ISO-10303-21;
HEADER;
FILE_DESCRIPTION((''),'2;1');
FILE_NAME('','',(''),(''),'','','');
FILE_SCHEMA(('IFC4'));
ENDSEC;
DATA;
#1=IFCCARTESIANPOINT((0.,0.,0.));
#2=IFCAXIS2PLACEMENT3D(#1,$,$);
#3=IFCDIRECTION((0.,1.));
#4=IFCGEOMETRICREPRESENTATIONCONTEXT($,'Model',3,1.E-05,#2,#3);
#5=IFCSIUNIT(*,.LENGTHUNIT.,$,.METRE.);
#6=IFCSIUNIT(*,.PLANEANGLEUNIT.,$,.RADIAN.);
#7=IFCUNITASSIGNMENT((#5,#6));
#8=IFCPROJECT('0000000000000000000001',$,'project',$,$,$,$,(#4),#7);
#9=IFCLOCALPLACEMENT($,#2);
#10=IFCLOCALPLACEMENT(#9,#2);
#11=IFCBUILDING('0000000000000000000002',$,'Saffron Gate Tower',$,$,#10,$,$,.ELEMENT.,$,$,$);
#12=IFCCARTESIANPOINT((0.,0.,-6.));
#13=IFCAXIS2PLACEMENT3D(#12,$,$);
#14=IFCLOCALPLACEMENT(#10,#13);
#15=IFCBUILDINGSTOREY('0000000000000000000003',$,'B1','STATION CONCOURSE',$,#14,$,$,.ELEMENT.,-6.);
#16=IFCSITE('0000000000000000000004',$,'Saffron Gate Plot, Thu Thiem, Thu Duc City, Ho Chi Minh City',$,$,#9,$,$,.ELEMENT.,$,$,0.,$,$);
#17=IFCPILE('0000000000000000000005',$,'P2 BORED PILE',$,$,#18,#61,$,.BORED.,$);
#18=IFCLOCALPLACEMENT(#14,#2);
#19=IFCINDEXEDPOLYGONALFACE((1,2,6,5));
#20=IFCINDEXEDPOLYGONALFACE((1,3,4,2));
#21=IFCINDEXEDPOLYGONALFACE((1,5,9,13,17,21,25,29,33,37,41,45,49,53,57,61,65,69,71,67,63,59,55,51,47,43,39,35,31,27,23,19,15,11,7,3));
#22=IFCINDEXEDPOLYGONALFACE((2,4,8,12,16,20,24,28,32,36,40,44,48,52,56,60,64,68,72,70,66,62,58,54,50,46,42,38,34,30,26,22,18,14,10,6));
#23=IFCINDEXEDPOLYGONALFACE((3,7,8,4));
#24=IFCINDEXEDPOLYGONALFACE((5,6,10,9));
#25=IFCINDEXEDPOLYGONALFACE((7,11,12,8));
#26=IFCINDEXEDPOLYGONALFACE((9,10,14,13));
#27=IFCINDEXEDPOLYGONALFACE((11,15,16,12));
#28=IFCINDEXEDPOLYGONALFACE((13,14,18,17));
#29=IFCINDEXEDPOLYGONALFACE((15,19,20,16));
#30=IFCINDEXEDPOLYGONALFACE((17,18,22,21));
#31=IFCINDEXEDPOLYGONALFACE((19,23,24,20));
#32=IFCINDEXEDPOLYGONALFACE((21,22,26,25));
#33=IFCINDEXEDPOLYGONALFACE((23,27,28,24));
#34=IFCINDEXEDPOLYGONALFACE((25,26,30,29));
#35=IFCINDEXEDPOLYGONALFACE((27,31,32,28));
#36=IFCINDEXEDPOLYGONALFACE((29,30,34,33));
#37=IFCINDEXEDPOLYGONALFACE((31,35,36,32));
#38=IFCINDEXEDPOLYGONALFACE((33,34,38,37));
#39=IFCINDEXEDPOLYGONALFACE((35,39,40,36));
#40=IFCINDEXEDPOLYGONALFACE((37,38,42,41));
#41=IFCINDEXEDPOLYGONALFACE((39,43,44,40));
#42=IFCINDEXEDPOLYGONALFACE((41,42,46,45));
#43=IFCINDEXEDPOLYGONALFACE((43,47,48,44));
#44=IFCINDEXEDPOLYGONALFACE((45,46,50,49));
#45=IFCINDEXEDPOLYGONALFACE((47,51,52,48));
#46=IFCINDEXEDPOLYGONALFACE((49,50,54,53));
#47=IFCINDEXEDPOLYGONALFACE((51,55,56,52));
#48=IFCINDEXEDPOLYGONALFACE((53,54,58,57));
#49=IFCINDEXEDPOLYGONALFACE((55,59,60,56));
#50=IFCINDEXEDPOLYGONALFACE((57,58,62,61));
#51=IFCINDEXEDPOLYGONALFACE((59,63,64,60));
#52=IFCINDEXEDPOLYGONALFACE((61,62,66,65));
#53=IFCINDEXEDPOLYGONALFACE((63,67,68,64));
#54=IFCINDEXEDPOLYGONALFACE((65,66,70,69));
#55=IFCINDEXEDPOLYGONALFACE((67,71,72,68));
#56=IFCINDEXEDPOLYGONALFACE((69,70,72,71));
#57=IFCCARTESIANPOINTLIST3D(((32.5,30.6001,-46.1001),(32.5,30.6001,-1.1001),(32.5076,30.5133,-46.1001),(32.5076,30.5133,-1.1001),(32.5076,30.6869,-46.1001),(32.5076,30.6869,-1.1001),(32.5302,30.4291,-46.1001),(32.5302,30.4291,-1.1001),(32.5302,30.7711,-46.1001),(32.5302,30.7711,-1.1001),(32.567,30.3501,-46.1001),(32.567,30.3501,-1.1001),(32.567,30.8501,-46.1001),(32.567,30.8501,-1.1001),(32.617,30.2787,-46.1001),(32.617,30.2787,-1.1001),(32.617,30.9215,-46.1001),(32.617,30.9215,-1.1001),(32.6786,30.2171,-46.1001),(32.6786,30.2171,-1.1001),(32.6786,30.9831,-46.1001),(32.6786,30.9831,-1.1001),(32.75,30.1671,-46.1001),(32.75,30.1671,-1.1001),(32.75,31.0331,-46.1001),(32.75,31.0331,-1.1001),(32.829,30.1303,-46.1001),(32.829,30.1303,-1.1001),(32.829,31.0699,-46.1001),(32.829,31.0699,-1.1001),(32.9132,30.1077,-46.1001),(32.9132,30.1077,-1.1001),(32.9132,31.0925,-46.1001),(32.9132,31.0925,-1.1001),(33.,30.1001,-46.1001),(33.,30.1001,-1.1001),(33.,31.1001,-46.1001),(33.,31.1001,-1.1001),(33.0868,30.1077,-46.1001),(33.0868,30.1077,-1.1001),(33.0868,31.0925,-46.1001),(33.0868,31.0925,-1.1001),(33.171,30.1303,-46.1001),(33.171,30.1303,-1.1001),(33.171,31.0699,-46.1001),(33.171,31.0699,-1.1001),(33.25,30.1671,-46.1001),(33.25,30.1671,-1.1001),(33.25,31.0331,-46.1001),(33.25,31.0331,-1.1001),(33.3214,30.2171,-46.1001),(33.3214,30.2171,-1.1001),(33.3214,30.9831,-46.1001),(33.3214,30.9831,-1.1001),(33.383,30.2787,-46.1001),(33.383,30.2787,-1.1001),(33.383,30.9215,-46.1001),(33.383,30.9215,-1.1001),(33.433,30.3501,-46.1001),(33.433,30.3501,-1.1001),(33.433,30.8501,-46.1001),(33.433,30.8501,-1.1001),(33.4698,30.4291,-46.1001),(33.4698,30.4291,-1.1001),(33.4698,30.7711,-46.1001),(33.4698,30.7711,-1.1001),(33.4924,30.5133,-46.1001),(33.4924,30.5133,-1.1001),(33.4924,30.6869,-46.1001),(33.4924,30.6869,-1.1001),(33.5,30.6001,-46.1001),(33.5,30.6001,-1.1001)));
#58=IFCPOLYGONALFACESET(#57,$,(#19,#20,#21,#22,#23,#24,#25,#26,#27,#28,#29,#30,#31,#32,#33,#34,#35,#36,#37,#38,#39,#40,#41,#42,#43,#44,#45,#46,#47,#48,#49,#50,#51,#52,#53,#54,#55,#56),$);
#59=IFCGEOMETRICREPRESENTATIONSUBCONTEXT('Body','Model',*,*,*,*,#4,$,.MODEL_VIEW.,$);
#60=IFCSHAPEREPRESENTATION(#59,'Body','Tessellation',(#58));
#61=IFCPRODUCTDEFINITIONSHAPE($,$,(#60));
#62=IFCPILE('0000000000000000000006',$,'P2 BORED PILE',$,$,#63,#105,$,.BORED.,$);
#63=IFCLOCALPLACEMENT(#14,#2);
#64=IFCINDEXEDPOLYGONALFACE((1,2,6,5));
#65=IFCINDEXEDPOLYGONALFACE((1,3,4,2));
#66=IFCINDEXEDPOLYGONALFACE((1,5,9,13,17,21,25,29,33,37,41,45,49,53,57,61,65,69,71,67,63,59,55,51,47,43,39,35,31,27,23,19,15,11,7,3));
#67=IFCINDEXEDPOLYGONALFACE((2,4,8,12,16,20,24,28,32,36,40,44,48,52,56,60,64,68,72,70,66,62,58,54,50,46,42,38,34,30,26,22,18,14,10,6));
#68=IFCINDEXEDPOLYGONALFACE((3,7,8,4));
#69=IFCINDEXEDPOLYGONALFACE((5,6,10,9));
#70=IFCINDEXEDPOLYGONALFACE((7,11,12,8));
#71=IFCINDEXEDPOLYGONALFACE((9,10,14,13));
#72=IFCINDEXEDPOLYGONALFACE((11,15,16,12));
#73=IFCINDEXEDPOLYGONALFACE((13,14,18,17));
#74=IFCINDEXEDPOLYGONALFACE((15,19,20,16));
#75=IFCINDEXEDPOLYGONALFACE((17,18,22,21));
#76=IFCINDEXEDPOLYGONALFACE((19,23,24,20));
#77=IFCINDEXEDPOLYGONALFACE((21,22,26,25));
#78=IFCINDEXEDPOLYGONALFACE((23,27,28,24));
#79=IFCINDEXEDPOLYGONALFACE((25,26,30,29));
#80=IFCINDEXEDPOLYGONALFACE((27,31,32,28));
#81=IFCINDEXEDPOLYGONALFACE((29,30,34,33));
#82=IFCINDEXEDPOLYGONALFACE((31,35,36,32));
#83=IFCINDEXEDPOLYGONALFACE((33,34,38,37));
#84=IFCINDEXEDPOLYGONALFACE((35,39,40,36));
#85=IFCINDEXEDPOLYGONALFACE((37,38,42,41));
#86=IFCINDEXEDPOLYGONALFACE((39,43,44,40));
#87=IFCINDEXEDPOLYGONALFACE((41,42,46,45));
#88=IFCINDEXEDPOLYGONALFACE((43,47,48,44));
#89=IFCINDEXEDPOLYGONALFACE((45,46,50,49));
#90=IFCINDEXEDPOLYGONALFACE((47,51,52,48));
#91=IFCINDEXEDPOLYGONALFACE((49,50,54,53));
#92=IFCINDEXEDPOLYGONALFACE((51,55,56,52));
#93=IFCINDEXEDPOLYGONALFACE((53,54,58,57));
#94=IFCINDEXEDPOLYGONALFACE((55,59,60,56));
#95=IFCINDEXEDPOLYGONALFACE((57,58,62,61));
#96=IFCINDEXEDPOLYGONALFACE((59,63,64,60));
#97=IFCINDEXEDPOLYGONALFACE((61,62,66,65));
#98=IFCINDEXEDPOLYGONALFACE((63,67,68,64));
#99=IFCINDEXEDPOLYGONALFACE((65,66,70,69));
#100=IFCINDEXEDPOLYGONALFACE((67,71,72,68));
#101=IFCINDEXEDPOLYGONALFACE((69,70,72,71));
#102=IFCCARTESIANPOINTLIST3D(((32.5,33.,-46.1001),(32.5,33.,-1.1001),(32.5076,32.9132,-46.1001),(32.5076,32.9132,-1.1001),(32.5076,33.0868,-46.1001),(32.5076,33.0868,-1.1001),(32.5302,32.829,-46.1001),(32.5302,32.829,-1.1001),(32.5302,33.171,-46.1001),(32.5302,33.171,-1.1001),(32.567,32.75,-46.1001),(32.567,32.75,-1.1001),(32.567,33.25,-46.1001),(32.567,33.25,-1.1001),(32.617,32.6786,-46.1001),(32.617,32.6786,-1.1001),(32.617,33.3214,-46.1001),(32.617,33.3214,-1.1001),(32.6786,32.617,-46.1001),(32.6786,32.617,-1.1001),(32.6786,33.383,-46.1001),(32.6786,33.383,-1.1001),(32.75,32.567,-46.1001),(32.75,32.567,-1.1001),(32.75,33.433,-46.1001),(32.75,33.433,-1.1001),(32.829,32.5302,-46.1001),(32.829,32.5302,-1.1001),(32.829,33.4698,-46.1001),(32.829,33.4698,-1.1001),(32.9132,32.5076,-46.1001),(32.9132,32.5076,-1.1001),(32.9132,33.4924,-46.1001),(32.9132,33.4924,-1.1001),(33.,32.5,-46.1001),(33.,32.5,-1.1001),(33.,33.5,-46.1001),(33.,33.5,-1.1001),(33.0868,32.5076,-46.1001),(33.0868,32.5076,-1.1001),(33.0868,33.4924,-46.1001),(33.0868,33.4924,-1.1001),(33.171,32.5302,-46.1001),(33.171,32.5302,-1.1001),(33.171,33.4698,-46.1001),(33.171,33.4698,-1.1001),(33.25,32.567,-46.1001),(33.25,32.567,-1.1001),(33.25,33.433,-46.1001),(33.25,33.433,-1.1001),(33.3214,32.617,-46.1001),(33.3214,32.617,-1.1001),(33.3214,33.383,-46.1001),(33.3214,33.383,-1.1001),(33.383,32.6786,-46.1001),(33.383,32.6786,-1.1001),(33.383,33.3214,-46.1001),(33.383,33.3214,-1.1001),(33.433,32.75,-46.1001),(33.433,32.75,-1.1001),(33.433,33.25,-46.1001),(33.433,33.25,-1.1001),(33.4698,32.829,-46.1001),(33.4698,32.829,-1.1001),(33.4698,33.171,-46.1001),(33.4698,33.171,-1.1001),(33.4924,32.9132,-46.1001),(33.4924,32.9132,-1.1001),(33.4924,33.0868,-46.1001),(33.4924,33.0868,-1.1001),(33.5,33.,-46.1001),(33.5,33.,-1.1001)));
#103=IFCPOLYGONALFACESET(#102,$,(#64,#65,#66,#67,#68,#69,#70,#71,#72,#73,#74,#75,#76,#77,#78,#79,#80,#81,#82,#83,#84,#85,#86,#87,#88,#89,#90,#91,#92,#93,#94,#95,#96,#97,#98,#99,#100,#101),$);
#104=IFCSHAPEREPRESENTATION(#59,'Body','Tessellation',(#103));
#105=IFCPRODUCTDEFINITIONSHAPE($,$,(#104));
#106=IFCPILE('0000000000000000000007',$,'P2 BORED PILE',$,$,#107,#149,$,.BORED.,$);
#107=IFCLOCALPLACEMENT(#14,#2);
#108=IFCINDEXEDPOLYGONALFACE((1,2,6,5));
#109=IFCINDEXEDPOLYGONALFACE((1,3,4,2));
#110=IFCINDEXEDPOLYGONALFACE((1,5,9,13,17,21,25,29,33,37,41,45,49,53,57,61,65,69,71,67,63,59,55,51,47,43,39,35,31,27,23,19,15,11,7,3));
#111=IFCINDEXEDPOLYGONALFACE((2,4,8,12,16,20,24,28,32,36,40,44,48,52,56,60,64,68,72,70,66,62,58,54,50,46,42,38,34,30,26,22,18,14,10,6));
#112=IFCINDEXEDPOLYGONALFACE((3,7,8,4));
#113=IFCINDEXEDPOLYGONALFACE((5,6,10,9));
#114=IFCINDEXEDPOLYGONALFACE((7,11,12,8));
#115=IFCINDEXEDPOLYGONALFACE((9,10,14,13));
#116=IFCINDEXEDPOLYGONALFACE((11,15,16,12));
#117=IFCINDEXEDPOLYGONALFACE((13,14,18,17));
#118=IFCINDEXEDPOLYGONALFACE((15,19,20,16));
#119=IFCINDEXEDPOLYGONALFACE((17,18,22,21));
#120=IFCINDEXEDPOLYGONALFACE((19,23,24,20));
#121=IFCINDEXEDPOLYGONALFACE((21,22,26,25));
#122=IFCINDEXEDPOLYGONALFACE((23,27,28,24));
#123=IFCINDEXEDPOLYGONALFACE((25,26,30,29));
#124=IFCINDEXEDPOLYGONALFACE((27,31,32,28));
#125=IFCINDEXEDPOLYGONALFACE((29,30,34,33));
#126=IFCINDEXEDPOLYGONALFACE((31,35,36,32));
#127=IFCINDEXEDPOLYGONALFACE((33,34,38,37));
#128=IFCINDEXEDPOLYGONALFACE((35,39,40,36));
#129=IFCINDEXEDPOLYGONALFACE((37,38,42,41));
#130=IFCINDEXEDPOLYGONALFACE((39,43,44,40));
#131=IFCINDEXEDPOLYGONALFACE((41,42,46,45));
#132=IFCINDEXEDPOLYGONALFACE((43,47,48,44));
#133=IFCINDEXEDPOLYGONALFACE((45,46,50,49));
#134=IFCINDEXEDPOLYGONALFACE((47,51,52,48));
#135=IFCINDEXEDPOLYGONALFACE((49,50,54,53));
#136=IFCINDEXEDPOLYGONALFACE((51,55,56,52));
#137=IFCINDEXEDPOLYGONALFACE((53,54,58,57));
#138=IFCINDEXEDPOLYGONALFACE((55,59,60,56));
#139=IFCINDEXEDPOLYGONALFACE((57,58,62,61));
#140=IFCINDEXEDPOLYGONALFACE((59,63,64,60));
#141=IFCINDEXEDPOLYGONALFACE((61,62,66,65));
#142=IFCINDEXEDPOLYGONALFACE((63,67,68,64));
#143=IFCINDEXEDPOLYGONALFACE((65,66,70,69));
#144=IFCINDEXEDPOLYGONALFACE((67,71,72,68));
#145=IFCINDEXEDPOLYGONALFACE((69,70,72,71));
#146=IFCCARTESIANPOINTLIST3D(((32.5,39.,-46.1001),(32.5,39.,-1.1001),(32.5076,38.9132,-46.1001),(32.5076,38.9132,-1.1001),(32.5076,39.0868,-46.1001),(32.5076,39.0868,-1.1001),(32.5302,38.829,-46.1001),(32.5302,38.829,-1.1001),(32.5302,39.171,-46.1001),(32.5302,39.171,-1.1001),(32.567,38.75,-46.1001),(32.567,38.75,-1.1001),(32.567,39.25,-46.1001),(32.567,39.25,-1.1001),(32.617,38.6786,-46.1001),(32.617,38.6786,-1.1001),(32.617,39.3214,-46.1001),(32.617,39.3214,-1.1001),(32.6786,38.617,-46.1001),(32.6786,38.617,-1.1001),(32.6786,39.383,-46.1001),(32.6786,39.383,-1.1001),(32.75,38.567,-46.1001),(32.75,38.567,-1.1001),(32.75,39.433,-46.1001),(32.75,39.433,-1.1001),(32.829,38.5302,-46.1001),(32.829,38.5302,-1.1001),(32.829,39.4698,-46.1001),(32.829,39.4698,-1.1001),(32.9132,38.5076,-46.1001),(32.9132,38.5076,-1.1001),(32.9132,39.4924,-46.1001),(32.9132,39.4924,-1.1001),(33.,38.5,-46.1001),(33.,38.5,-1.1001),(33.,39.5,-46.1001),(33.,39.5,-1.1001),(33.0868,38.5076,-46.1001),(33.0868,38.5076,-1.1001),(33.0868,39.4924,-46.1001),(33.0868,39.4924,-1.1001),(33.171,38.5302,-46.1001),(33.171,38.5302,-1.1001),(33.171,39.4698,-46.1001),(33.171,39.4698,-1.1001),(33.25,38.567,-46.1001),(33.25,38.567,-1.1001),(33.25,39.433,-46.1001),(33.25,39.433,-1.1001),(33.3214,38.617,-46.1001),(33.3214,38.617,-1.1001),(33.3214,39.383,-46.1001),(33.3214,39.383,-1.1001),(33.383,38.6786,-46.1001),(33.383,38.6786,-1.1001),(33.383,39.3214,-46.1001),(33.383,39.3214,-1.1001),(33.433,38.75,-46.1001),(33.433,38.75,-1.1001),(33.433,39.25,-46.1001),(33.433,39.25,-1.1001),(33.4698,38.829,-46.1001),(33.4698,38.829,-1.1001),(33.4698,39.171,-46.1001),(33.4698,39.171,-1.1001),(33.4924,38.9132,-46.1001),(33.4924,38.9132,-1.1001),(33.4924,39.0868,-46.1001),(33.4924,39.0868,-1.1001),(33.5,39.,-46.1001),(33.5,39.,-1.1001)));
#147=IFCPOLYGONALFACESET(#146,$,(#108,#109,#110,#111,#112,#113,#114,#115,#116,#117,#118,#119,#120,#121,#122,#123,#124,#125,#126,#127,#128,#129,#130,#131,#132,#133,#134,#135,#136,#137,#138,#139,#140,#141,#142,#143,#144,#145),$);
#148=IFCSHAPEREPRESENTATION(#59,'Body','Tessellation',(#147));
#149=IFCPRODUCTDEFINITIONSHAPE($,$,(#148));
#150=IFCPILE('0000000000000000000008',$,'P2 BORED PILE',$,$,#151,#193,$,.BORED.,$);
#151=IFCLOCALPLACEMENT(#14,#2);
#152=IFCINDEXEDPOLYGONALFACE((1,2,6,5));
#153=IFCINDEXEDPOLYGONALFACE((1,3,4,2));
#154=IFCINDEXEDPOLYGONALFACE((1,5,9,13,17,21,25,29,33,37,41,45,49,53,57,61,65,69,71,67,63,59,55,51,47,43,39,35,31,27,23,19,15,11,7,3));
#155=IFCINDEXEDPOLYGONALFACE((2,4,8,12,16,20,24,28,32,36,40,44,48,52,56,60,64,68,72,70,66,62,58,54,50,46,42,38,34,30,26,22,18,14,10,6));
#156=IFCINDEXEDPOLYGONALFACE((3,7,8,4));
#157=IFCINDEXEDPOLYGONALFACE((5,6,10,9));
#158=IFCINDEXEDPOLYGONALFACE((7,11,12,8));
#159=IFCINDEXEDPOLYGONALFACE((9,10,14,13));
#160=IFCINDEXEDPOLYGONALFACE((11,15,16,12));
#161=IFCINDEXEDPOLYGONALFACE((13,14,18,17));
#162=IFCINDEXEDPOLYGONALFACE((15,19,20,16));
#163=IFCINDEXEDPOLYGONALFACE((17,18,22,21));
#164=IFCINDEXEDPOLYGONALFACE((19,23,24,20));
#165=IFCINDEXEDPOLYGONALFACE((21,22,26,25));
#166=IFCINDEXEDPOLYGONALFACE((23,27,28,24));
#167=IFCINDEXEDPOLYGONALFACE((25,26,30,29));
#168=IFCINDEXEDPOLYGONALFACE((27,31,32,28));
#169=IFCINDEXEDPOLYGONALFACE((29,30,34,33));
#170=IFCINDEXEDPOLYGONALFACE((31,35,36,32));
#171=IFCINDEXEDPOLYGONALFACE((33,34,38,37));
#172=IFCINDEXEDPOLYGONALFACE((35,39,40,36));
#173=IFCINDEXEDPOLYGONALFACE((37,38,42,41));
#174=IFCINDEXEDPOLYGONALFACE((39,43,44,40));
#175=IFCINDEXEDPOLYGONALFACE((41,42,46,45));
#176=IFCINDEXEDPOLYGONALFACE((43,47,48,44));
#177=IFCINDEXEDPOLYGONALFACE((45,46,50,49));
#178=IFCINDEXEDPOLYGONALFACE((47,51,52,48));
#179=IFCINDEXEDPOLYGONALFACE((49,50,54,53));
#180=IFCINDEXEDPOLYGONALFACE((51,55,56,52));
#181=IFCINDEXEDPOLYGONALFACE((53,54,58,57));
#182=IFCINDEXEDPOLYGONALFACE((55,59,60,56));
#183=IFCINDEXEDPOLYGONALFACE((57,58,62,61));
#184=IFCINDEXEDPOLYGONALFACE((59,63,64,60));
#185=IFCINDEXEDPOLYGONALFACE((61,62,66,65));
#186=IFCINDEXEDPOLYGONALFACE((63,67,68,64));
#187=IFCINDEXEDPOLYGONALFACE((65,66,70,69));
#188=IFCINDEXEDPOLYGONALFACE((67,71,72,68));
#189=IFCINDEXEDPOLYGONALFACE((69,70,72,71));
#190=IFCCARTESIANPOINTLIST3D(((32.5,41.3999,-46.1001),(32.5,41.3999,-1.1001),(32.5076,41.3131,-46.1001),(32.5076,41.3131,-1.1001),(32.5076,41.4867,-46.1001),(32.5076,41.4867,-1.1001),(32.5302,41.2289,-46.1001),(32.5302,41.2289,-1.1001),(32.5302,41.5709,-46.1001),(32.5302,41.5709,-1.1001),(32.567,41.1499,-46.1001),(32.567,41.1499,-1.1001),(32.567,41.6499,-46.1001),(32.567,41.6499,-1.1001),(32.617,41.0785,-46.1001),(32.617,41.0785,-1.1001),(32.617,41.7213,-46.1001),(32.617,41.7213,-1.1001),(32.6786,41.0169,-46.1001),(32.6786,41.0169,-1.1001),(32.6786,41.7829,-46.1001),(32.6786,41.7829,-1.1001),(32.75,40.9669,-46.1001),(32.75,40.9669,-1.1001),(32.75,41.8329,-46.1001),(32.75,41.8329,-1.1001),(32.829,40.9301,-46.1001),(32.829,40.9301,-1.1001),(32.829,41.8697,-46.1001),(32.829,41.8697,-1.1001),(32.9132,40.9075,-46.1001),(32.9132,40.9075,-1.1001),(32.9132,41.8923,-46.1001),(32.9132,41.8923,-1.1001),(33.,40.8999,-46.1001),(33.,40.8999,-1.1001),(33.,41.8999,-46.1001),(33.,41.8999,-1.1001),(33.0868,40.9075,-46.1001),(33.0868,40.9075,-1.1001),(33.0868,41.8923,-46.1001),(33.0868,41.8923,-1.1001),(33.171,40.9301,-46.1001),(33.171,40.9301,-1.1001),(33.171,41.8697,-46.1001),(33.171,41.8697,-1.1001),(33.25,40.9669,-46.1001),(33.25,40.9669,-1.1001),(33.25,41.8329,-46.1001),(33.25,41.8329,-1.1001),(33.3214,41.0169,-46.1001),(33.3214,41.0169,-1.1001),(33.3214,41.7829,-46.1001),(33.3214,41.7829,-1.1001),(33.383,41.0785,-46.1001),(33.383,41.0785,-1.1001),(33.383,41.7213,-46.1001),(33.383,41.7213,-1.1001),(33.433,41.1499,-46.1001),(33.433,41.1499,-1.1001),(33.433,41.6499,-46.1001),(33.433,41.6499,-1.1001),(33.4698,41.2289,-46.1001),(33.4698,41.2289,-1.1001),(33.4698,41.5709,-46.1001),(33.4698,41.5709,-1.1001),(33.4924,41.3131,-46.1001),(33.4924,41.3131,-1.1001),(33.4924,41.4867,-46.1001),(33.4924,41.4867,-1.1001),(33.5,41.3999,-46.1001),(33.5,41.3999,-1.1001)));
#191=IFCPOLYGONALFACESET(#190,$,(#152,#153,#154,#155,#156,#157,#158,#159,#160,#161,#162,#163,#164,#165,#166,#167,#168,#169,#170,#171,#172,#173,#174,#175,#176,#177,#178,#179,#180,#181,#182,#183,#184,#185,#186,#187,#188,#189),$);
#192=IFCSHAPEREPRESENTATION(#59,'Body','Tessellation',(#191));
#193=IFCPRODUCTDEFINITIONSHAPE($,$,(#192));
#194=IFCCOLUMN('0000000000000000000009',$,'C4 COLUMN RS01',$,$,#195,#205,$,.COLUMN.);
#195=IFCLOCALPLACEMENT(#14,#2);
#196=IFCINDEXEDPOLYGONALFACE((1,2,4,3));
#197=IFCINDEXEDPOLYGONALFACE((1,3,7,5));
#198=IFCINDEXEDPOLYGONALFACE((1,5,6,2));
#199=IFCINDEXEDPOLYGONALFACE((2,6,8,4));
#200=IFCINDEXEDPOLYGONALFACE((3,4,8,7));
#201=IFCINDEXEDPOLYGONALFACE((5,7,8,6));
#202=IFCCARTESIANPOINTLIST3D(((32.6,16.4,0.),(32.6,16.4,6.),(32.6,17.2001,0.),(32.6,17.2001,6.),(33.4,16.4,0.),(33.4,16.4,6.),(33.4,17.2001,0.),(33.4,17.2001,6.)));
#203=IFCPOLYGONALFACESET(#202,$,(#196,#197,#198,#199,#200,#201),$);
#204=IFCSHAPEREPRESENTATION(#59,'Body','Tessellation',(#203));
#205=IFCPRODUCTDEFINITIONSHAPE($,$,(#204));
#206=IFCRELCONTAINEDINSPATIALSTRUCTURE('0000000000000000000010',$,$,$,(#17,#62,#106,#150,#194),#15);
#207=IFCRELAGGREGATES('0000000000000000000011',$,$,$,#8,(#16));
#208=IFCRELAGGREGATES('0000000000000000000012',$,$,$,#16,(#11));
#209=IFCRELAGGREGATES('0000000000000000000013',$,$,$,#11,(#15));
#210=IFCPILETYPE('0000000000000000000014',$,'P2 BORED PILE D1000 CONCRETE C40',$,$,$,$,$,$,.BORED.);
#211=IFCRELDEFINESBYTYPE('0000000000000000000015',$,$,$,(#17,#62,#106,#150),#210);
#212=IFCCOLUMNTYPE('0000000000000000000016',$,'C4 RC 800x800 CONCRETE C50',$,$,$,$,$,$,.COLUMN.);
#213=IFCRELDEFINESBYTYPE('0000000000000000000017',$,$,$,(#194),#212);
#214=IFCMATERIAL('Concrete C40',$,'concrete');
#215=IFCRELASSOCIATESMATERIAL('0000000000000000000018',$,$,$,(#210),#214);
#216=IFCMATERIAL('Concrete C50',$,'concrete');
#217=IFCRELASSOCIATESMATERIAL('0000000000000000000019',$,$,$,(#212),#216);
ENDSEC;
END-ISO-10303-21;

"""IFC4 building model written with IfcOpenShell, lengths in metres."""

from ifc_helpers import new_model, si_unit, direction, frame, origin, origin_2d, place, context, subcontext, project, spatial, rectangle, circle, extrude, material, material_profile, profile_set, type_object, element, save


model = new_model("IFC4")

# Units and contexts
model_context = context("Model", 3, precision=1e-05, world=origin(), true_north=direction((0.0, 1.0)))
body_context = subcontext(model_context, "Body", "Model", "MODEL_VIEW")
ifc_project = project(units=[si_unit("LENGTHUNIT", "METRE"), si_unit("PLANEANGLEUNIT", "RADIAN")], contexts=[model_context])

# Site, building, storey
site_placement = place(None, origin())
site = spatial("IfcSite", under=ifc_project, at=site_placement, Name="Saffron Gate Plot, Thu Thiem, Thu Duc City, Ho Chi Minh City", CompositionType="ELEMENT", RefElevation=0.0)
building_placement = place(site_placement, origin())
building = spatial("IfcBuilding", under=site, at=building_placement, Name="Saffron Gate Tower", CompositionType="ELEMENT")
storey_placement = place(building_placement, frame((0.0, 0.0, -6.0)))
storey = spatial("IfcBuildingStorey", under=building, at=storey_placement, Name="B1", Description="STATION CONCOURSE", CompositionType="ELEMENT", Elevation=-6.0)

# Piles
ifc_material_1 = material(Name="Concrete C40", Category="concrete")
ifc_material_profile_1 = material_profile(ifc_material_1, circle(Radius=0.5, at=origin_2d()))
ifc_profile_set_1 = profile_set([ifc_material_profile_1], Name="Concrete C40")
pile_type = type_object("IfcPileType", Name="P2 BORED PILE D1000 CONCRETE C40", PredefinedType="BORED", material=ifc_profile_set_1)
for number, where, z_axis, x_axis, name in (
    (1, (33.0, 30.6001, -1.1001), (0.0, 0.0, -1.0), (1.0, 0.0, 0.0), "P2 BORED PILE"),
    (2, (33.0, 33.0, -1.1001), (0.0, 0.0, -1.0), (1.0, 0.0, 0.0), "P2 BORED PILE"),
    (3, (33.0, 39.0, -1.1001), (0.0, 0.0, -1.0), (1.0, 0.0, 0.0), "P2 BORED PILE"),
    (4, (33.0, 41.3999, -1.1001), (0.0, 0.0, -1.0), (1.0, 0.0, 0.0), "P2 BORED PILE"),
):
    element("IfcPile", number, at=place(storey_placement, frame(where, z_axis=z_axis, x_axis=x_axis)), inside=storey, type_object=pile_type, Name=name, PredefinedType="BORED", context=body_context, shape_type="SweptSolid", body=[
        extrude(circle(Radius=0.5, at=origin_2d()), origin(), (0.0, 0.0, 1.0), 45.0),
    ])

# Column
ifc_material_2 = material(Name="Concrete C50", Category="concrete")
ifc_material_profile_2 = material_profile(ifc_material_2, rectangle(XDim=0.8, YDim=0.8, at=origin_2d()))
ifc_profile_set_2 = profile_set([ifc_material_profile_2], Name="Concrete C50")
column_type = type_object("IfcColumnType", Name="C4 RC 800x800 CONCRETE C50", PredefinedType="COLUMN", material=ifc_profile_set_2)
for number, where, z_axis, x_axis, name in (
    (5, (33.0, 16.8, 0.0), (0.0, 0.0, 1.0), (1.0, 0.0, 0.0), "C4 COLUMN RS01"),
):
    element("IfcColumn", number, at=place(storey_placement, frame(where, z_axis=z_axis, x_axis=x_axis)), inside=storey, type_object=column_type, Name=name, PredefinedType="COLUMN", context=body_context, shape_type="SweptSolid", body=[
        extrude(rectangle(XDim=0.8, YDim=0.8, at=origin_2d()), origin(), (0.0, 0.0, 1.0), 6.0),
    ])

save(model, "model.ifc")
